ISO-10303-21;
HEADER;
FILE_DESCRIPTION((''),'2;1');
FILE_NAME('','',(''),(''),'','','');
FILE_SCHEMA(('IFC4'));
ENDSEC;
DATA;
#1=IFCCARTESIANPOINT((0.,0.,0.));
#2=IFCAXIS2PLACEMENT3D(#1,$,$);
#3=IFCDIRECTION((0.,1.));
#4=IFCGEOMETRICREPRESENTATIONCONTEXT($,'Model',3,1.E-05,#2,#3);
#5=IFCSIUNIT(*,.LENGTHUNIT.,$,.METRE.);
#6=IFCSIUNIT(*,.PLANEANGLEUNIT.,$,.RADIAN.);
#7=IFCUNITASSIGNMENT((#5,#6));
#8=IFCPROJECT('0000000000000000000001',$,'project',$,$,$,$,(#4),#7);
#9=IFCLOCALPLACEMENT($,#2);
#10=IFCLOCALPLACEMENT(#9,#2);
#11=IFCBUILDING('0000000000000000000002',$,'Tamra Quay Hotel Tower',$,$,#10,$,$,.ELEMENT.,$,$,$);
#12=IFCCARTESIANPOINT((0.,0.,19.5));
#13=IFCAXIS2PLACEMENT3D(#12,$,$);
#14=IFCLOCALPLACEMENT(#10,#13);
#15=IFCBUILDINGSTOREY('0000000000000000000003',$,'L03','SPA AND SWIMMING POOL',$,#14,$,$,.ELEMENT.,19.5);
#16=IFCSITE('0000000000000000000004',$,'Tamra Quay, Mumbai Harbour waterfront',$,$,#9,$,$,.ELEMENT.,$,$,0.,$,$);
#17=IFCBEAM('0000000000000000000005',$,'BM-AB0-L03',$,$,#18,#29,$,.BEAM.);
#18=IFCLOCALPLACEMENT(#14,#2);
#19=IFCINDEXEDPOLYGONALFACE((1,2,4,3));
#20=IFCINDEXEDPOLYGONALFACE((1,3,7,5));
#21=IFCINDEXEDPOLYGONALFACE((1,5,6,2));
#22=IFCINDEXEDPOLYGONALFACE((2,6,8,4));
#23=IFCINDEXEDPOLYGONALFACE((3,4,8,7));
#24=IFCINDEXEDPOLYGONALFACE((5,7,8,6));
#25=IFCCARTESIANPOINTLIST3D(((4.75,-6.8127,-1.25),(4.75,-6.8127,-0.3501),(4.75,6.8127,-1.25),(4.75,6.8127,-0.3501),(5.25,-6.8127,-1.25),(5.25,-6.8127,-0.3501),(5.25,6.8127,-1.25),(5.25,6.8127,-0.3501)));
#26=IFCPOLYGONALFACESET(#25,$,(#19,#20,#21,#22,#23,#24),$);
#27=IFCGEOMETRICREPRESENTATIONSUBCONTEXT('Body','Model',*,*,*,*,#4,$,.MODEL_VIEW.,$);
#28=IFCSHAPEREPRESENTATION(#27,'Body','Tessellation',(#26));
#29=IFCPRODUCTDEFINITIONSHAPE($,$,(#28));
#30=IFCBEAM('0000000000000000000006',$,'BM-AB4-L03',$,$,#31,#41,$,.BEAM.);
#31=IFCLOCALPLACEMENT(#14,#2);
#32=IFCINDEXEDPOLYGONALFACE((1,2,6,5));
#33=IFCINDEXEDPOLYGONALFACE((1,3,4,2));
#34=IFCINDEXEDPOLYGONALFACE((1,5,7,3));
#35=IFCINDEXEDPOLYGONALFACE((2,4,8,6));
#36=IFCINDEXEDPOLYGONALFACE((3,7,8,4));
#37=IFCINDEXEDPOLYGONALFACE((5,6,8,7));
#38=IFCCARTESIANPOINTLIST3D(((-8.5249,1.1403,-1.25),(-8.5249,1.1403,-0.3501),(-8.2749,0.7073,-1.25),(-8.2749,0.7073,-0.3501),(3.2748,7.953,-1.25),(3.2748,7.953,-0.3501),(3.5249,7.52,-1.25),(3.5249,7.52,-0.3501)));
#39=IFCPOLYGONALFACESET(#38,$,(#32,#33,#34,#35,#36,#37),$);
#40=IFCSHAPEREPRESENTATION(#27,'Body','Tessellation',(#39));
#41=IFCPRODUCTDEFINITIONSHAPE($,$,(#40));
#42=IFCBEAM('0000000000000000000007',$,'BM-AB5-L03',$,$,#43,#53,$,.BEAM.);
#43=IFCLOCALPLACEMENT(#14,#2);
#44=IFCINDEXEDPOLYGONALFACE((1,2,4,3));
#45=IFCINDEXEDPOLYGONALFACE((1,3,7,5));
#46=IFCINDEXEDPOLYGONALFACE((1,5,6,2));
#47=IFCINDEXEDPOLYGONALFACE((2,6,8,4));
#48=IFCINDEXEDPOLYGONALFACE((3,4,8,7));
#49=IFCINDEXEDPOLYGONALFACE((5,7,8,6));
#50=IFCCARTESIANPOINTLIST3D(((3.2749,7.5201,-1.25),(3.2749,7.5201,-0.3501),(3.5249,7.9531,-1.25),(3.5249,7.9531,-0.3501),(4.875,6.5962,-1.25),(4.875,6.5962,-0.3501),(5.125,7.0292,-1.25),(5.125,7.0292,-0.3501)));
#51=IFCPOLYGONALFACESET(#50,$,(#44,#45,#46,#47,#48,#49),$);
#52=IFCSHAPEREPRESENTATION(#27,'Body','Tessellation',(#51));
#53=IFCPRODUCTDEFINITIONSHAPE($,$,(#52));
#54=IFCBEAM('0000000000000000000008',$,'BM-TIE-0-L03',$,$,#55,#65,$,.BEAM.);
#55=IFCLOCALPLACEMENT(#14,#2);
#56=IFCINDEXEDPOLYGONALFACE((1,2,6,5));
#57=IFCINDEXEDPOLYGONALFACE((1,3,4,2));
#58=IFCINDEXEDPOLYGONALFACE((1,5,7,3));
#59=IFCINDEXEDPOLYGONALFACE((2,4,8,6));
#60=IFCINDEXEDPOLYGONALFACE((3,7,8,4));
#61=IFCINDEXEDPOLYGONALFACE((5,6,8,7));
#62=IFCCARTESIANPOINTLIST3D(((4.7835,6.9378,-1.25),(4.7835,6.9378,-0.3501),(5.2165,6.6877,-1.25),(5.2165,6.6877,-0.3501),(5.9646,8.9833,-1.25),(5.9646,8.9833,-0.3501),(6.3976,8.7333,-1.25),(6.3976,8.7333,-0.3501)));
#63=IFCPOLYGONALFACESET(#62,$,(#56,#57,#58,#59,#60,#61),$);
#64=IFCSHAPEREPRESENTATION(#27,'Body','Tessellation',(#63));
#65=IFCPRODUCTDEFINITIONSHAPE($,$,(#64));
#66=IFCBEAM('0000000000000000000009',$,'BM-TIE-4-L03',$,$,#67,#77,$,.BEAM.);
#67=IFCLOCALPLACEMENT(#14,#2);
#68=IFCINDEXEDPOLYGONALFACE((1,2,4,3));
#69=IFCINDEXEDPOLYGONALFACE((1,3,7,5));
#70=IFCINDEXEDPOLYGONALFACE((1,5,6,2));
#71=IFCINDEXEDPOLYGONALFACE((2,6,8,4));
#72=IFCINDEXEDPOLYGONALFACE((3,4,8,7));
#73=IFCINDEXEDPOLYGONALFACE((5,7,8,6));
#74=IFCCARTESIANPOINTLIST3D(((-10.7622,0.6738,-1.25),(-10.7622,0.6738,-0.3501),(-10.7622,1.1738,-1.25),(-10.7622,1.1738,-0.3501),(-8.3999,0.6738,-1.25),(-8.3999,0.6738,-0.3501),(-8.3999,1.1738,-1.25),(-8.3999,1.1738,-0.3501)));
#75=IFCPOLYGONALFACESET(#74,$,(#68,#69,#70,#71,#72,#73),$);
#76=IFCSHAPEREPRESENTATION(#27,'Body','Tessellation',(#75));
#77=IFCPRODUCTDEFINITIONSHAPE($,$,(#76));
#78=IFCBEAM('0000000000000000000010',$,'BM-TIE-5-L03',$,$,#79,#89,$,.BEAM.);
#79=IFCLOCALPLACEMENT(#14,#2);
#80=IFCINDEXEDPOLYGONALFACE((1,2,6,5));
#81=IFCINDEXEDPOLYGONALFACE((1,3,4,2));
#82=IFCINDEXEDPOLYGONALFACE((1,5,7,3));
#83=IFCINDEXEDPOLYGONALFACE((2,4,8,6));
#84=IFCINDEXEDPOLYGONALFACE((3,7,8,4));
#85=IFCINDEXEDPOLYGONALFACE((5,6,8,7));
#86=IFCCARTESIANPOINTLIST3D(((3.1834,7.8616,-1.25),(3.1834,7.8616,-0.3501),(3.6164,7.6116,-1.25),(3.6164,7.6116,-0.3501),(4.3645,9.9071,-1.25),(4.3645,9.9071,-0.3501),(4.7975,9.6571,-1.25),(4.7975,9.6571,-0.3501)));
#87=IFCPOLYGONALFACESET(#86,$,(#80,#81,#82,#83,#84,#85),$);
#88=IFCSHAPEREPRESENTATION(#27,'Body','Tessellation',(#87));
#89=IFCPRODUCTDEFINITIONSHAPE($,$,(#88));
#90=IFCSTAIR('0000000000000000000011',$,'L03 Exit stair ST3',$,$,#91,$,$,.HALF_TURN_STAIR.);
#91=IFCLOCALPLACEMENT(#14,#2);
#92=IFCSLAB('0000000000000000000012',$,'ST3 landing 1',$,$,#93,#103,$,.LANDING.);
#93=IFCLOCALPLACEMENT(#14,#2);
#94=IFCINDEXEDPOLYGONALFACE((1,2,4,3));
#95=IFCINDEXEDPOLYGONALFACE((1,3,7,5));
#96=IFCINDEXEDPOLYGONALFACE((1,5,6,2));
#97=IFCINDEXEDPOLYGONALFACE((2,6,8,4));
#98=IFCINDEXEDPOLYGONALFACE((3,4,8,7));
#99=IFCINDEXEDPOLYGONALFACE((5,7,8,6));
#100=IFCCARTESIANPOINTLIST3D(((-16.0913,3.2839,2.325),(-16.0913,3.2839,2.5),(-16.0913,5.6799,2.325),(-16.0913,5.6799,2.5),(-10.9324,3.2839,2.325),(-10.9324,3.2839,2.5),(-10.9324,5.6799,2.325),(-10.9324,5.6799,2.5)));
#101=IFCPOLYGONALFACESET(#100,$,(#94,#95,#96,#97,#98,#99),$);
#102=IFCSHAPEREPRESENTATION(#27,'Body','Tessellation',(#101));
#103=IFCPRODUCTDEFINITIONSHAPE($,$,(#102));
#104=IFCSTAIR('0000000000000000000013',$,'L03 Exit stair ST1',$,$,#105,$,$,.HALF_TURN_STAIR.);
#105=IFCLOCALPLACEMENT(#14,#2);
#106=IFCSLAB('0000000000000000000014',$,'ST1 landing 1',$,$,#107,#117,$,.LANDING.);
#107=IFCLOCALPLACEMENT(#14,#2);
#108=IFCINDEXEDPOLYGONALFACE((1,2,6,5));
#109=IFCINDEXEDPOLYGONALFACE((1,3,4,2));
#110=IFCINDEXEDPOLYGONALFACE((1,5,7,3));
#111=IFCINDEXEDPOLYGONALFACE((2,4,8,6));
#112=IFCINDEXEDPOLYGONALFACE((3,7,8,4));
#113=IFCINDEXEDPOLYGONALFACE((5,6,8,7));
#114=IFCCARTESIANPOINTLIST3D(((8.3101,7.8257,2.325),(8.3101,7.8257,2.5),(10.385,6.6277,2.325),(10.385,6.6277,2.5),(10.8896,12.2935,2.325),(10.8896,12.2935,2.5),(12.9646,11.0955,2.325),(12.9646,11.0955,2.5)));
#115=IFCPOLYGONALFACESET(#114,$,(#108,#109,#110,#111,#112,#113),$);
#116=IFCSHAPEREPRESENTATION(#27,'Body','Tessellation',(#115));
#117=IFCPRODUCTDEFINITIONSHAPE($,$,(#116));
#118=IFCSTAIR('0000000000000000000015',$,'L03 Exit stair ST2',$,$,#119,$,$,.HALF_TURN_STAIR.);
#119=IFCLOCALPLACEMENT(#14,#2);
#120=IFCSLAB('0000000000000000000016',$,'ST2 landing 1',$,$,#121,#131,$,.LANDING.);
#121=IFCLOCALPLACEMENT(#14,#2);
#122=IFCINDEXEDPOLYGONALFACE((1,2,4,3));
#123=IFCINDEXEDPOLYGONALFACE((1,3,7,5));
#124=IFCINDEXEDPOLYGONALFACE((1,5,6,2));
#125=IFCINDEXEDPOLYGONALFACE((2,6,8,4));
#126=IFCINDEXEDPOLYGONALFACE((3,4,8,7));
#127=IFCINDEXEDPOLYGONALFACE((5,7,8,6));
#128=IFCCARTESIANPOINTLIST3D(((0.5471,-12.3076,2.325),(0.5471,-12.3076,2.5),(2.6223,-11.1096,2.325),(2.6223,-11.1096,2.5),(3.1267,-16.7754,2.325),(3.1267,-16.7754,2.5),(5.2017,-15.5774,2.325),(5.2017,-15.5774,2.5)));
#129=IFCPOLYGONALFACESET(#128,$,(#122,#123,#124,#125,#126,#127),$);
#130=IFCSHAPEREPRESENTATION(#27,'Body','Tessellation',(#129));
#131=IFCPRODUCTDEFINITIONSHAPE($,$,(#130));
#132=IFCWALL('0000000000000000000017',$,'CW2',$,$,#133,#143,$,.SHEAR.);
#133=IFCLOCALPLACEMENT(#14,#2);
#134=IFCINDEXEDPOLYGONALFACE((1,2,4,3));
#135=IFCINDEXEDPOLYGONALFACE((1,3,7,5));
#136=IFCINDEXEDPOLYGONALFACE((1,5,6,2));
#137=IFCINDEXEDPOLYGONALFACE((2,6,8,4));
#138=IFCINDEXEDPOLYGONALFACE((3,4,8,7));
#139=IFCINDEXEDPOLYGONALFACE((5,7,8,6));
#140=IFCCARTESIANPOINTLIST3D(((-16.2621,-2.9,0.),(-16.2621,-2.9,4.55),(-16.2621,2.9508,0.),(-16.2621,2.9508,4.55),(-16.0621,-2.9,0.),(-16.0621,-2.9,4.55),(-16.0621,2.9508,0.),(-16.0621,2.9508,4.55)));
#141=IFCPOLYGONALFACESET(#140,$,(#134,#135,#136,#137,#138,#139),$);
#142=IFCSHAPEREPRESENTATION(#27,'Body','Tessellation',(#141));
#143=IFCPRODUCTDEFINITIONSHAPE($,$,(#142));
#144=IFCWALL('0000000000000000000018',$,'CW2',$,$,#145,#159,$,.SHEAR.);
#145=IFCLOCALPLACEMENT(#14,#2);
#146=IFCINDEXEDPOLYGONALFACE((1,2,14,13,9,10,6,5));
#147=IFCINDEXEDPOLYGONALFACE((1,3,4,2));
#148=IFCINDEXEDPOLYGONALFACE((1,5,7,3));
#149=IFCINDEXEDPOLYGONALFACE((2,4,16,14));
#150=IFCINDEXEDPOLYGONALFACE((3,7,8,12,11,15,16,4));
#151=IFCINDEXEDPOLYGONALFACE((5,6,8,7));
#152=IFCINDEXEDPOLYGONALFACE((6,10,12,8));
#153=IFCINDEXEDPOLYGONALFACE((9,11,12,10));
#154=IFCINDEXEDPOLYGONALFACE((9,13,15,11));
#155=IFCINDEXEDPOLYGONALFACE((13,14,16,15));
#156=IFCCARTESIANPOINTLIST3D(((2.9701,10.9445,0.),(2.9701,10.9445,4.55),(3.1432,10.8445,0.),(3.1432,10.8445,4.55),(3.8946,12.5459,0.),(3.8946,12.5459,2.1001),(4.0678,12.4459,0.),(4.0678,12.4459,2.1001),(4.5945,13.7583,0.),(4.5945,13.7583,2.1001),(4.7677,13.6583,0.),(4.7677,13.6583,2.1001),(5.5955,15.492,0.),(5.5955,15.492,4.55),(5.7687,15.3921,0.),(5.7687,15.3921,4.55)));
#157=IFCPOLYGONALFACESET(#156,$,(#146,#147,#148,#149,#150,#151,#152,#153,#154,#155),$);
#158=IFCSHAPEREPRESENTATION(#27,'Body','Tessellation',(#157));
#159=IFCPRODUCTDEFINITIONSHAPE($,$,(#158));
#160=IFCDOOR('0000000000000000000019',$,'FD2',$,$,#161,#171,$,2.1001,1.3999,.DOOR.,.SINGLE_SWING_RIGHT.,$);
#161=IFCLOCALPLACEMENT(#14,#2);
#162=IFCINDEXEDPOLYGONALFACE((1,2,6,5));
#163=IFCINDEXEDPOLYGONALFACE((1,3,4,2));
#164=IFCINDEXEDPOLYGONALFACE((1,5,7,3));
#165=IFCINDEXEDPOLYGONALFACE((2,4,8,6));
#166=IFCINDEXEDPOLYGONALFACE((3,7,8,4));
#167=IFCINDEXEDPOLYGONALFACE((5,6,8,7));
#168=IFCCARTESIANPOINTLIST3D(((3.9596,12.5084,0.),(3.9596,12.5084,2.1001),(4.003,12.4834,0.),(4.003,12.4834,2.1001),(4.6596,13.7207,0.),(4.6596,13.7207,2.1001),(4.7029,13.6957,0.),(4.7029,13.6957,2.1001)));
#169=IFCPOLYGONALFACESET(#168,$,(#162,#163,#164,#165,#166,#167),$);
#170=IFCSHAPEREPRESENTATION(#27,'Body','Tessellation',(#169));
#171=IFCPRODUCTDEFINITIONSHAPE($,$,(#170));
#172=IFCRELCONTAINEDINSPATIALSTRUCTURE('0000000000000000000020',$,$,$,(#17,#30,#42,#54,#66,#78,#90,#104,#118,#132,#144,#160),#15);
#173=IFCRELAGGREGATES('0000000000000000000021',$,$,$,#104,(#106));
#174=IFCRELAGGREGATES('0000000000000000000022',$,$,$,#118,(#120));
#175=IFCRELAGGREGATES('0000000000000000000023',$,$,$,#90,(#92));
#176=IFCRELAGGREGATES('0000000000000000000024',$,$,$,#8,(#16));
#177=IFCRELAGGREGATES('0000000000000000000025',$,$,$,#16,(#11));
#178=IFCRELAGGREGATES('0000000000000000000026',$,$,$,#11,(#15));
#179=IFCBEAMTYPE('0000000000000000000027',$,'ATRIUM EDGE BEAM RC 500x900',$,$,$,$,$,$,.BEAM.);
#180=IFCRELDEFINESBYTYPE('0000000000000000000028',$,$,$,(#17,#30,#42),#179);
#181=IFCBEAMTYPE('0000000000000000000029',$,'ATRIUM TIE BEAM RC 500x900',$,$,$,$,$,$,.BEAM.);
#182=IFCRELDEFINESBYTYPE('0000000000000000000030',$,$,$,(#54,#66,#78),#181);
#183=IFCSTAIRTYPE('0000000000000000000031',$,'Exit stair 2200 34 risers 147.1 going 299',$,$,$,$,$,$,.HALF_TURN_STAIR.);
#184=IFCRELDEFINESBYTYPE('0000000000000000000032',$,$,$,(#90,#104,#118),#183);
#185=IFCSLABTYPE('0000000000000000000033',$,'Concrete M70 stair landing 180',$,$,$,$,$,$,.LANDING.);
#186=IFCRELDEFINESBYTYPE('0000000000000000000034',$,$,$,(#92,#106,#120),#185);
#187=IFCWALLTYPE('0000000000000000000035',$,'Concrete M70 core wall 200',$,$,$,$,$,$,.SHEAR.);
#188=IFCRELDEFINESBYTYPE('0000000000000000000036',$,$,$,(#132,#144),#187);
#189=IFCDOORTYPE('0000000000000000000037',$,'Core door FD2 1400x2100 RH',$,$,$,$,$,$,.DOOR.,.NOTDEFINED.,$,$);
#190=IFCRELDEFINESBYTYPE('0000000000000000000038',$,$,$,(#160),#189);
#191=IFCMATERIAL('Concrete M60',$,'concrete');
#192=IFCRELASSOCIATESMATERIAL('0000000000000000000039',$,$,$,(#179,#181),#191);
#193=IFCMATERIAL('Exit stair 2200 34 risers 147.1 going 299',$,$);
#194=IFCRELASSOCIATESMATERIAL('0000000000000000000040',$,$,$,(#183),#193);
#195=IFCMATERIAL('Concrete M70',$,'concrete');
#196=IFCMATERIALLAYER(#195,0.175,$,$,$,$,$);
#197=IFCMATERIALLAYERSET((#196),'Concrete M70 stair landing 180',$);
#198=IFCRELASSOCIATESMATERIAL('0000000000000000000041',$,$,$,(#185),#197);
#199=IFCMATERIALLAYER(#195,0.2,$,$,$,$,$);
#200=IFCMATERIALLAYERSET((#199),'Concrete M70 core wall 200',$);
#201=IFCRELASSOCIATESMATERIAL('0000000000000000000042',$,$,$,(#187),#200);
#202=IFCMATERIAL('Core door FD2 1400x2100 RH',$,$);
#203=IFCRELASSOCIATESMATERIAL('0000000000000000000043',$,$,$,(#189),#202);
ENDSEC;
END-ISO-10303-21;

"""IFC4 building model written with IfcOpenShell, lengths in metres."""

from ifc_helpers import new_model, si_unit, direction, frame, frame_2d, origin, origin_2d, place, context, subcontext, project, spatial, polyline, rectangle, outline, extrude, material, layer, layer_set, material_profile, profile_set, type_object, element, fill, aggregate, save


model = new_model("IFC4")

# Units and contexts
model_context = context("Model", 3, precision=1e-05, world=origin(), true_north=direction((0.0, 1.0)))
body_context = subcontext(model_context, "Body", "Model", "MODEL_VIEW")
ifc_project = project(units=[si_unit("LENGTHUNIT", "METRE"), si_unit("PLANEANGLEUNIT", "RADIAN")], contexts=[model_context])

# Site, building, storey
site_placement = place(None, origin())
site = spatial("IfcSite", under=ifc_project, at=site_placement, Name="Tamra Quay, Mumbai Harbour waterfront", CompositionType="ELEMENT", RefElevation=0.0)
building_placement = place(site_placement, origin())
building = spatial("IfcBuilding", under=site, at=building_placement, Name="Tamra Quay Hotel Tower", CompositionType="ELEMENT")
storey_placement = place(building_placement, frame((0.0, 0.0, 19.5)))
storey = spatial("IfcBuildingStorey", under=building, at=storey_placement, Name="L03", Description="SPA AND SWIMMING POOL", CompositionType="ELEMENT", Elevation=19.5)

# Beams
ifc_material_1 = material(Name="Concrete M60", Category="concrete")
ifc_material_profile_1 = material_profile(ifc_material_1, rectangle(XDim=0.5, YDim=0.8999, at=origin_2d()), Name="ATRIUM EDGE BEAM RC 500x900")
ifc_profile_set_1 = profile_set([ifc_material_profile_1], Name="Concrete M60")
beam_type_1 = type_object("IfcBeamType", Name="ATRIUM EDGE BEAM RC 500x900", PredefinedType="BEAM", material=ifc_profile_set_1)
beam_1_placement = place(storey_placement, frame((5.0, 6.8127, -0.8), z_axis=(0.0, -1.0, 0.0), x_axis=(1.0, 0.0, 0.0)))
element("IfcBeam", 1, at=beam_1_placement, inside=storey, type_object=beam_type_1, Name="BM-AB0-L03", PredefinedType="BEAM", context=body_context, shape_type="SweptSolid", body=[
    extrude(rectangle(XDim=0.5, YDim=0.8999, at=origin_2d()), origin(), (0.0, 0.0, 1.0), 13.6255),
])
beam_2_placement = place(storey_placement, frame((-8.3999, 0.9238, -0.8), z_axis=(0.866021, 0.500007, 0.0), x_axis=(-0.500007, 0.866021, 0.0)))
element("IfcBeam", 2, at=beam_2_placement, inside=storey, type_object=beam_type_1, Name="BM-AB4-L03", PredefinedType="BEAM", context=body_context, shape_type="SweptSolid", body=[
    extrude(rectangle(XDim=0.5, YDim=0.8999, at=origin_2d()), origin(), (0.0, 0.0, 1.0), 13.6252),
])
beam_3_placement = place(storey_placement, frame((3.3999, 7.7366, -0.8), z_axis=(0.866023, -0.500005, 0.0), x_axis=(0.500005, 0.866023, 0.0)))
element("IfcBeam", 3, at=beam_3_placement, inside=storey, type_object=beam_type_1, Name="BM-AB5-L03", PredefinedType="BEAM", context=body_context, shape_type="SweptSolid", body=[
    extrude(rectangle(XDim=0.5, YDim=0.8999, at=origin_2d()), origin(), (0.0, 0.0, 1.0), 1.8477),
])
ifc_material_profile_2 = material_profile(ifc_material_1, rectangle(XDim=0.5, YDim=0.8999, at=origin_2d()), Name="ATRIUM TIE BEAM RC 500x900")
ifc_profile_set_2 = profile_set([ifc_material_profile_2], Name="Concrete M60")
beam_type_2 = type_object("IfcBeamType", Name="ATRIUM TIE BEAM RC 500x900", PredefinedType="BEAM", material=ifc_profile_set_2)
beam_4_placement = place(storey_placement, frame((5.0, 6.8127, -0.8), z_axis=(0.50003, 0.866008, 0.0), x_axis=(-0.866008, 0.50003, 0.0)))
element("IfcBeam", 4, at=beam_4_placement, inside=storey, type_object=beam_type_2, Name="BM-TIE-0-L03", PredefinedType="BEAM", context=body_context, shape_type="SweptSolid", body=[
    extrude(rectangle(XDim=0.5, YDim=0.8999, at=origin_2d()), origin(), (0.0, 0.0, 1.0), 2.3621),
])
beam_5_placement = place(storey_placement, frame((-8.3999, 0.9238, -0.8), z_axis=(-1.0, 0.0, 0.0), x_axis=(0.0, -1.0, 0.0)))
element("IfcBeam", 5, at=beam_5_placement, inside=storey, type_object=beam_type_2, Name="BM-TIE-4-L03", PredefinedType="BEAM", context=body_context, shape_type="SweptSolid", body=[
    extrude(rectangle(XDim=0.5, YDim=0.8999, at=origin_2d()), origin(), (0.0, 0.0, 1.0), 2.3623),
])
beam_6_placement = place(storey_placement, frame((3.3999, 7.7366, -0.8), z_axis=(0.50003, 0.866008, 0.0), x_axis=(-0.866008, 0.50003, 0.0)))
element("IfcBeam", 6, at=beam_6_placement, inside=storey, type_object=beam_type_2, Name="BM-TIE-5-L03", PredefinedType="BEAM", context=body_context, shape_type="SweptSolid", body=[
    extrude(rectangle(XDim=0.5, YDim=0.8999, at=origin_2d()), origin(), (0.0, 0.0, 1.0), 2.3621),
])

# Stairs, slabs
ifc_material_2 = material(Name="Exit stair 2200 34 risers 147.1 going 299")
stair_type = type_object("IfcStairType", Name="Exit stair 2200 34 risers 147.1 going 299", PredefinedType="HALF_TURN_STAIR", material=ifc_material_2)
stair_1_placement = place(storey_placement, origin())
stair_1 = element("IfcStair", 7, at=stair_1_placement, inside=storey, type_object=stair_type, Name="L03 Exit stair ST3", PredefinedType="HALF_TURN_STAIR")
ifc_material_3 = material(Name="Concrete M70", Category="concrete")
ifc_layer_1 = layer(ifc_material_3, 0.175)
ifc_layer_set_1 = layer_set([ifc_layer_1], Name="Concrete M70 stair landing 180")
slab_type = type_object("IfcSlabType", Name="Concrete M70 stair landing 180", PredefinedType="LANDING", material=ifc_layer_set_1)
slab_1_placement = place(storey_placement, frame((0.0, 0.0, 2.325)))
slab_1 = element("IfcSlab", 8, at=slab_1_placement, type_object=slab_type, Name="ST3 landing 1", PredefinedType="LANDING", context=body_context, shape_type="SweptSolid", body=[
    extrude(outline(polyline([(-10.9324, 3.2839), (-10.9324, 5.6799), (-16.0913, 5.6799), (-16.0913, 3.2839), (-10.9324, 3.2839)])), origin(), (0.0, 0.0, 1.0), 0.175),
])
stair_2_placement = place(storey_placement, origin())
stair_2 = element("IfcStair", 9, at=stair_2_placement, inside=storey, type_object=stair_type, Name="L03 Exit stair ST1", PredefinedType="HALF_TURN_STAIR")
slab_2_placement = place(storey_placement, frame((0.0, 0.0, 2.325)))
slab_2 = element("IfcSlab", 10, at=slab_2_placement, type_object=slab_type, Name="ST1 landing 1", PredefinedType="LANDING", context=body_context, shape_type="SweptSolid", body=[
    extrude(outline(polyline([(8.3101, 7.8257), (10.385, 6.6277), (12.9646, 11.0955), (10.8896, 12.2935), (8.3101, 7.8257)])), origin(), (0.0, 0.0, 1.0), 0.175),
])
aggregate(stair_2, [slab_2])
stair_3_placement = place(storey_placement, origin())
stair_3 = element("IfcStair", 11, at=stair_3_placement, inside=storey, type_object=stair_type, Name="L03 Exit stair ST2", PredefinedType="HALF_TURN_STAIR")
slab_3_placement = place(storey_placement, frame((0.0, 0.0, 2.325)))
slab_3 = element("IfcSlab", 12, at=slab_3_placement, type_object=slab_type, Name="ST2 landing 1", PredefinedType="LANDING", context=body_context, shape_type="SweptSolid", body=[
    extrude(outline(polyline([(2.6223, -11.1096), (0.5471, -12.3076), (3.1267, -16.7754), (5.2017, -15.5774), (2.6223, -11.1096)])), origin(), (0.0, 0.0, 1.0), 0.175),
])
aggregate(stair_3, [slab_3])

# Wall
ifc_layer_2 = layer(ifc_material_3, 0.2)
ifc_layer_set_2 = layer_set([ifc_layer_2], Name="Concrete M70 core wall 200")
wall_type_1 = type_object("IfcWallType", Name="Concrete M70 core wall 200", PredefinedType="SHEAR", material=ifc_layer_set_2)
wall_1_placement = place(storey_placement, frame((-16.1621, 2.9507, 0.0), z_axis=(0.0, 0.0, 1.0), x_axis=(0.0, -1.0, 0.0)))
element("IfcWall", 13, at=wall_1_placement, inside=storey, type_object=wall_type_1, Name="CW2", PredefinedType="SHEAR", context=body_context, shape_type="SweptSolid", body=[
    extrude(rectangle(XDim=5.8508, YDim=0.2, at=frame_2d((2.9253, 0.0))), origin(), (0.0, 0.0, 1.0), 4.55),
])

# Wall, opening, door
wall_2_placement = place(storey_placement, frame((3.0566, 10.8945, 0.0), z_axis=(0.0, 0.0, 1.0), x_axis=(0.499989, 0.866032, 0.0)))
wall_2 = element("IfcWall", 14, at=wall_2_placement, inside=storey, type_object=wall_type_1, Name="CW2", PredefinedType="SHEAR", context=body_context, shape_type="SweptSolid", body=[
    extrude(rectangle(XDim=5.251, YDim=0.2, at=frame_2d((2.6255, 0.0))), origin(), (0.0, 0.0, 1.0), 4.55),
])
opening_1_placement = place(wall_2_placement, frame((1.8491, 0.0, 0.0)))
opening_1 = element("IfcOpeningElement", 15, at=opening_1_placement, cuts=wall_2, PredefinedType="OPENING", context=body_context, shape_type="SweptSolid", body=[
    extrude(rectangle(XDim=1.3999, YDim=2.1001, at=frame_2d((0.7, 1.05))), frame((0.0, 0.1099, 0.0), z_axis=(0.0, -1.0, 0.0), x_axis=(1.0, 0.0, 0.0)), (0.0, 0.0, 1.0), 0.22),
])
ifc_material_4 = material(Name="Core door FD2 1400x2100 RH")
door_type_1 = type_object("IfcDoorType", Name="Core door FD2 1400x2100 RH", OperationType="NOTDEFINED", PredefinedType="DOOR", material=ifc_material_4)
door_1_placement = place(opening_1_placement, origin())
door_1 = element("IfcDoor", 16, at=door_1_placement, inside=storey, type_object=door_type_1, Name="FD2", OperationType="SINGLE_SWING_RIGHT", OverallHeight=2.1001, OverallWidth=1.3999, PredefinedType="DOOR", context=body_context, shape_type="SweptSolid", body=[
    extrude(rectangle(XDim=1.3999, YDim=2.1001, at=frame_2d((0.7, 1.05))), frame((0.0, 0.0249, 0.0), z_axis=(0.0, -1.0, 0.0), x_axis=(1.0, 0.0, 0.0)), (0.0, 0.0, 1.0), 0.05),
])
fill(opening_1, door_1)

aggregate(stair_1, [slab_1])

save(model, "model.ifc")
